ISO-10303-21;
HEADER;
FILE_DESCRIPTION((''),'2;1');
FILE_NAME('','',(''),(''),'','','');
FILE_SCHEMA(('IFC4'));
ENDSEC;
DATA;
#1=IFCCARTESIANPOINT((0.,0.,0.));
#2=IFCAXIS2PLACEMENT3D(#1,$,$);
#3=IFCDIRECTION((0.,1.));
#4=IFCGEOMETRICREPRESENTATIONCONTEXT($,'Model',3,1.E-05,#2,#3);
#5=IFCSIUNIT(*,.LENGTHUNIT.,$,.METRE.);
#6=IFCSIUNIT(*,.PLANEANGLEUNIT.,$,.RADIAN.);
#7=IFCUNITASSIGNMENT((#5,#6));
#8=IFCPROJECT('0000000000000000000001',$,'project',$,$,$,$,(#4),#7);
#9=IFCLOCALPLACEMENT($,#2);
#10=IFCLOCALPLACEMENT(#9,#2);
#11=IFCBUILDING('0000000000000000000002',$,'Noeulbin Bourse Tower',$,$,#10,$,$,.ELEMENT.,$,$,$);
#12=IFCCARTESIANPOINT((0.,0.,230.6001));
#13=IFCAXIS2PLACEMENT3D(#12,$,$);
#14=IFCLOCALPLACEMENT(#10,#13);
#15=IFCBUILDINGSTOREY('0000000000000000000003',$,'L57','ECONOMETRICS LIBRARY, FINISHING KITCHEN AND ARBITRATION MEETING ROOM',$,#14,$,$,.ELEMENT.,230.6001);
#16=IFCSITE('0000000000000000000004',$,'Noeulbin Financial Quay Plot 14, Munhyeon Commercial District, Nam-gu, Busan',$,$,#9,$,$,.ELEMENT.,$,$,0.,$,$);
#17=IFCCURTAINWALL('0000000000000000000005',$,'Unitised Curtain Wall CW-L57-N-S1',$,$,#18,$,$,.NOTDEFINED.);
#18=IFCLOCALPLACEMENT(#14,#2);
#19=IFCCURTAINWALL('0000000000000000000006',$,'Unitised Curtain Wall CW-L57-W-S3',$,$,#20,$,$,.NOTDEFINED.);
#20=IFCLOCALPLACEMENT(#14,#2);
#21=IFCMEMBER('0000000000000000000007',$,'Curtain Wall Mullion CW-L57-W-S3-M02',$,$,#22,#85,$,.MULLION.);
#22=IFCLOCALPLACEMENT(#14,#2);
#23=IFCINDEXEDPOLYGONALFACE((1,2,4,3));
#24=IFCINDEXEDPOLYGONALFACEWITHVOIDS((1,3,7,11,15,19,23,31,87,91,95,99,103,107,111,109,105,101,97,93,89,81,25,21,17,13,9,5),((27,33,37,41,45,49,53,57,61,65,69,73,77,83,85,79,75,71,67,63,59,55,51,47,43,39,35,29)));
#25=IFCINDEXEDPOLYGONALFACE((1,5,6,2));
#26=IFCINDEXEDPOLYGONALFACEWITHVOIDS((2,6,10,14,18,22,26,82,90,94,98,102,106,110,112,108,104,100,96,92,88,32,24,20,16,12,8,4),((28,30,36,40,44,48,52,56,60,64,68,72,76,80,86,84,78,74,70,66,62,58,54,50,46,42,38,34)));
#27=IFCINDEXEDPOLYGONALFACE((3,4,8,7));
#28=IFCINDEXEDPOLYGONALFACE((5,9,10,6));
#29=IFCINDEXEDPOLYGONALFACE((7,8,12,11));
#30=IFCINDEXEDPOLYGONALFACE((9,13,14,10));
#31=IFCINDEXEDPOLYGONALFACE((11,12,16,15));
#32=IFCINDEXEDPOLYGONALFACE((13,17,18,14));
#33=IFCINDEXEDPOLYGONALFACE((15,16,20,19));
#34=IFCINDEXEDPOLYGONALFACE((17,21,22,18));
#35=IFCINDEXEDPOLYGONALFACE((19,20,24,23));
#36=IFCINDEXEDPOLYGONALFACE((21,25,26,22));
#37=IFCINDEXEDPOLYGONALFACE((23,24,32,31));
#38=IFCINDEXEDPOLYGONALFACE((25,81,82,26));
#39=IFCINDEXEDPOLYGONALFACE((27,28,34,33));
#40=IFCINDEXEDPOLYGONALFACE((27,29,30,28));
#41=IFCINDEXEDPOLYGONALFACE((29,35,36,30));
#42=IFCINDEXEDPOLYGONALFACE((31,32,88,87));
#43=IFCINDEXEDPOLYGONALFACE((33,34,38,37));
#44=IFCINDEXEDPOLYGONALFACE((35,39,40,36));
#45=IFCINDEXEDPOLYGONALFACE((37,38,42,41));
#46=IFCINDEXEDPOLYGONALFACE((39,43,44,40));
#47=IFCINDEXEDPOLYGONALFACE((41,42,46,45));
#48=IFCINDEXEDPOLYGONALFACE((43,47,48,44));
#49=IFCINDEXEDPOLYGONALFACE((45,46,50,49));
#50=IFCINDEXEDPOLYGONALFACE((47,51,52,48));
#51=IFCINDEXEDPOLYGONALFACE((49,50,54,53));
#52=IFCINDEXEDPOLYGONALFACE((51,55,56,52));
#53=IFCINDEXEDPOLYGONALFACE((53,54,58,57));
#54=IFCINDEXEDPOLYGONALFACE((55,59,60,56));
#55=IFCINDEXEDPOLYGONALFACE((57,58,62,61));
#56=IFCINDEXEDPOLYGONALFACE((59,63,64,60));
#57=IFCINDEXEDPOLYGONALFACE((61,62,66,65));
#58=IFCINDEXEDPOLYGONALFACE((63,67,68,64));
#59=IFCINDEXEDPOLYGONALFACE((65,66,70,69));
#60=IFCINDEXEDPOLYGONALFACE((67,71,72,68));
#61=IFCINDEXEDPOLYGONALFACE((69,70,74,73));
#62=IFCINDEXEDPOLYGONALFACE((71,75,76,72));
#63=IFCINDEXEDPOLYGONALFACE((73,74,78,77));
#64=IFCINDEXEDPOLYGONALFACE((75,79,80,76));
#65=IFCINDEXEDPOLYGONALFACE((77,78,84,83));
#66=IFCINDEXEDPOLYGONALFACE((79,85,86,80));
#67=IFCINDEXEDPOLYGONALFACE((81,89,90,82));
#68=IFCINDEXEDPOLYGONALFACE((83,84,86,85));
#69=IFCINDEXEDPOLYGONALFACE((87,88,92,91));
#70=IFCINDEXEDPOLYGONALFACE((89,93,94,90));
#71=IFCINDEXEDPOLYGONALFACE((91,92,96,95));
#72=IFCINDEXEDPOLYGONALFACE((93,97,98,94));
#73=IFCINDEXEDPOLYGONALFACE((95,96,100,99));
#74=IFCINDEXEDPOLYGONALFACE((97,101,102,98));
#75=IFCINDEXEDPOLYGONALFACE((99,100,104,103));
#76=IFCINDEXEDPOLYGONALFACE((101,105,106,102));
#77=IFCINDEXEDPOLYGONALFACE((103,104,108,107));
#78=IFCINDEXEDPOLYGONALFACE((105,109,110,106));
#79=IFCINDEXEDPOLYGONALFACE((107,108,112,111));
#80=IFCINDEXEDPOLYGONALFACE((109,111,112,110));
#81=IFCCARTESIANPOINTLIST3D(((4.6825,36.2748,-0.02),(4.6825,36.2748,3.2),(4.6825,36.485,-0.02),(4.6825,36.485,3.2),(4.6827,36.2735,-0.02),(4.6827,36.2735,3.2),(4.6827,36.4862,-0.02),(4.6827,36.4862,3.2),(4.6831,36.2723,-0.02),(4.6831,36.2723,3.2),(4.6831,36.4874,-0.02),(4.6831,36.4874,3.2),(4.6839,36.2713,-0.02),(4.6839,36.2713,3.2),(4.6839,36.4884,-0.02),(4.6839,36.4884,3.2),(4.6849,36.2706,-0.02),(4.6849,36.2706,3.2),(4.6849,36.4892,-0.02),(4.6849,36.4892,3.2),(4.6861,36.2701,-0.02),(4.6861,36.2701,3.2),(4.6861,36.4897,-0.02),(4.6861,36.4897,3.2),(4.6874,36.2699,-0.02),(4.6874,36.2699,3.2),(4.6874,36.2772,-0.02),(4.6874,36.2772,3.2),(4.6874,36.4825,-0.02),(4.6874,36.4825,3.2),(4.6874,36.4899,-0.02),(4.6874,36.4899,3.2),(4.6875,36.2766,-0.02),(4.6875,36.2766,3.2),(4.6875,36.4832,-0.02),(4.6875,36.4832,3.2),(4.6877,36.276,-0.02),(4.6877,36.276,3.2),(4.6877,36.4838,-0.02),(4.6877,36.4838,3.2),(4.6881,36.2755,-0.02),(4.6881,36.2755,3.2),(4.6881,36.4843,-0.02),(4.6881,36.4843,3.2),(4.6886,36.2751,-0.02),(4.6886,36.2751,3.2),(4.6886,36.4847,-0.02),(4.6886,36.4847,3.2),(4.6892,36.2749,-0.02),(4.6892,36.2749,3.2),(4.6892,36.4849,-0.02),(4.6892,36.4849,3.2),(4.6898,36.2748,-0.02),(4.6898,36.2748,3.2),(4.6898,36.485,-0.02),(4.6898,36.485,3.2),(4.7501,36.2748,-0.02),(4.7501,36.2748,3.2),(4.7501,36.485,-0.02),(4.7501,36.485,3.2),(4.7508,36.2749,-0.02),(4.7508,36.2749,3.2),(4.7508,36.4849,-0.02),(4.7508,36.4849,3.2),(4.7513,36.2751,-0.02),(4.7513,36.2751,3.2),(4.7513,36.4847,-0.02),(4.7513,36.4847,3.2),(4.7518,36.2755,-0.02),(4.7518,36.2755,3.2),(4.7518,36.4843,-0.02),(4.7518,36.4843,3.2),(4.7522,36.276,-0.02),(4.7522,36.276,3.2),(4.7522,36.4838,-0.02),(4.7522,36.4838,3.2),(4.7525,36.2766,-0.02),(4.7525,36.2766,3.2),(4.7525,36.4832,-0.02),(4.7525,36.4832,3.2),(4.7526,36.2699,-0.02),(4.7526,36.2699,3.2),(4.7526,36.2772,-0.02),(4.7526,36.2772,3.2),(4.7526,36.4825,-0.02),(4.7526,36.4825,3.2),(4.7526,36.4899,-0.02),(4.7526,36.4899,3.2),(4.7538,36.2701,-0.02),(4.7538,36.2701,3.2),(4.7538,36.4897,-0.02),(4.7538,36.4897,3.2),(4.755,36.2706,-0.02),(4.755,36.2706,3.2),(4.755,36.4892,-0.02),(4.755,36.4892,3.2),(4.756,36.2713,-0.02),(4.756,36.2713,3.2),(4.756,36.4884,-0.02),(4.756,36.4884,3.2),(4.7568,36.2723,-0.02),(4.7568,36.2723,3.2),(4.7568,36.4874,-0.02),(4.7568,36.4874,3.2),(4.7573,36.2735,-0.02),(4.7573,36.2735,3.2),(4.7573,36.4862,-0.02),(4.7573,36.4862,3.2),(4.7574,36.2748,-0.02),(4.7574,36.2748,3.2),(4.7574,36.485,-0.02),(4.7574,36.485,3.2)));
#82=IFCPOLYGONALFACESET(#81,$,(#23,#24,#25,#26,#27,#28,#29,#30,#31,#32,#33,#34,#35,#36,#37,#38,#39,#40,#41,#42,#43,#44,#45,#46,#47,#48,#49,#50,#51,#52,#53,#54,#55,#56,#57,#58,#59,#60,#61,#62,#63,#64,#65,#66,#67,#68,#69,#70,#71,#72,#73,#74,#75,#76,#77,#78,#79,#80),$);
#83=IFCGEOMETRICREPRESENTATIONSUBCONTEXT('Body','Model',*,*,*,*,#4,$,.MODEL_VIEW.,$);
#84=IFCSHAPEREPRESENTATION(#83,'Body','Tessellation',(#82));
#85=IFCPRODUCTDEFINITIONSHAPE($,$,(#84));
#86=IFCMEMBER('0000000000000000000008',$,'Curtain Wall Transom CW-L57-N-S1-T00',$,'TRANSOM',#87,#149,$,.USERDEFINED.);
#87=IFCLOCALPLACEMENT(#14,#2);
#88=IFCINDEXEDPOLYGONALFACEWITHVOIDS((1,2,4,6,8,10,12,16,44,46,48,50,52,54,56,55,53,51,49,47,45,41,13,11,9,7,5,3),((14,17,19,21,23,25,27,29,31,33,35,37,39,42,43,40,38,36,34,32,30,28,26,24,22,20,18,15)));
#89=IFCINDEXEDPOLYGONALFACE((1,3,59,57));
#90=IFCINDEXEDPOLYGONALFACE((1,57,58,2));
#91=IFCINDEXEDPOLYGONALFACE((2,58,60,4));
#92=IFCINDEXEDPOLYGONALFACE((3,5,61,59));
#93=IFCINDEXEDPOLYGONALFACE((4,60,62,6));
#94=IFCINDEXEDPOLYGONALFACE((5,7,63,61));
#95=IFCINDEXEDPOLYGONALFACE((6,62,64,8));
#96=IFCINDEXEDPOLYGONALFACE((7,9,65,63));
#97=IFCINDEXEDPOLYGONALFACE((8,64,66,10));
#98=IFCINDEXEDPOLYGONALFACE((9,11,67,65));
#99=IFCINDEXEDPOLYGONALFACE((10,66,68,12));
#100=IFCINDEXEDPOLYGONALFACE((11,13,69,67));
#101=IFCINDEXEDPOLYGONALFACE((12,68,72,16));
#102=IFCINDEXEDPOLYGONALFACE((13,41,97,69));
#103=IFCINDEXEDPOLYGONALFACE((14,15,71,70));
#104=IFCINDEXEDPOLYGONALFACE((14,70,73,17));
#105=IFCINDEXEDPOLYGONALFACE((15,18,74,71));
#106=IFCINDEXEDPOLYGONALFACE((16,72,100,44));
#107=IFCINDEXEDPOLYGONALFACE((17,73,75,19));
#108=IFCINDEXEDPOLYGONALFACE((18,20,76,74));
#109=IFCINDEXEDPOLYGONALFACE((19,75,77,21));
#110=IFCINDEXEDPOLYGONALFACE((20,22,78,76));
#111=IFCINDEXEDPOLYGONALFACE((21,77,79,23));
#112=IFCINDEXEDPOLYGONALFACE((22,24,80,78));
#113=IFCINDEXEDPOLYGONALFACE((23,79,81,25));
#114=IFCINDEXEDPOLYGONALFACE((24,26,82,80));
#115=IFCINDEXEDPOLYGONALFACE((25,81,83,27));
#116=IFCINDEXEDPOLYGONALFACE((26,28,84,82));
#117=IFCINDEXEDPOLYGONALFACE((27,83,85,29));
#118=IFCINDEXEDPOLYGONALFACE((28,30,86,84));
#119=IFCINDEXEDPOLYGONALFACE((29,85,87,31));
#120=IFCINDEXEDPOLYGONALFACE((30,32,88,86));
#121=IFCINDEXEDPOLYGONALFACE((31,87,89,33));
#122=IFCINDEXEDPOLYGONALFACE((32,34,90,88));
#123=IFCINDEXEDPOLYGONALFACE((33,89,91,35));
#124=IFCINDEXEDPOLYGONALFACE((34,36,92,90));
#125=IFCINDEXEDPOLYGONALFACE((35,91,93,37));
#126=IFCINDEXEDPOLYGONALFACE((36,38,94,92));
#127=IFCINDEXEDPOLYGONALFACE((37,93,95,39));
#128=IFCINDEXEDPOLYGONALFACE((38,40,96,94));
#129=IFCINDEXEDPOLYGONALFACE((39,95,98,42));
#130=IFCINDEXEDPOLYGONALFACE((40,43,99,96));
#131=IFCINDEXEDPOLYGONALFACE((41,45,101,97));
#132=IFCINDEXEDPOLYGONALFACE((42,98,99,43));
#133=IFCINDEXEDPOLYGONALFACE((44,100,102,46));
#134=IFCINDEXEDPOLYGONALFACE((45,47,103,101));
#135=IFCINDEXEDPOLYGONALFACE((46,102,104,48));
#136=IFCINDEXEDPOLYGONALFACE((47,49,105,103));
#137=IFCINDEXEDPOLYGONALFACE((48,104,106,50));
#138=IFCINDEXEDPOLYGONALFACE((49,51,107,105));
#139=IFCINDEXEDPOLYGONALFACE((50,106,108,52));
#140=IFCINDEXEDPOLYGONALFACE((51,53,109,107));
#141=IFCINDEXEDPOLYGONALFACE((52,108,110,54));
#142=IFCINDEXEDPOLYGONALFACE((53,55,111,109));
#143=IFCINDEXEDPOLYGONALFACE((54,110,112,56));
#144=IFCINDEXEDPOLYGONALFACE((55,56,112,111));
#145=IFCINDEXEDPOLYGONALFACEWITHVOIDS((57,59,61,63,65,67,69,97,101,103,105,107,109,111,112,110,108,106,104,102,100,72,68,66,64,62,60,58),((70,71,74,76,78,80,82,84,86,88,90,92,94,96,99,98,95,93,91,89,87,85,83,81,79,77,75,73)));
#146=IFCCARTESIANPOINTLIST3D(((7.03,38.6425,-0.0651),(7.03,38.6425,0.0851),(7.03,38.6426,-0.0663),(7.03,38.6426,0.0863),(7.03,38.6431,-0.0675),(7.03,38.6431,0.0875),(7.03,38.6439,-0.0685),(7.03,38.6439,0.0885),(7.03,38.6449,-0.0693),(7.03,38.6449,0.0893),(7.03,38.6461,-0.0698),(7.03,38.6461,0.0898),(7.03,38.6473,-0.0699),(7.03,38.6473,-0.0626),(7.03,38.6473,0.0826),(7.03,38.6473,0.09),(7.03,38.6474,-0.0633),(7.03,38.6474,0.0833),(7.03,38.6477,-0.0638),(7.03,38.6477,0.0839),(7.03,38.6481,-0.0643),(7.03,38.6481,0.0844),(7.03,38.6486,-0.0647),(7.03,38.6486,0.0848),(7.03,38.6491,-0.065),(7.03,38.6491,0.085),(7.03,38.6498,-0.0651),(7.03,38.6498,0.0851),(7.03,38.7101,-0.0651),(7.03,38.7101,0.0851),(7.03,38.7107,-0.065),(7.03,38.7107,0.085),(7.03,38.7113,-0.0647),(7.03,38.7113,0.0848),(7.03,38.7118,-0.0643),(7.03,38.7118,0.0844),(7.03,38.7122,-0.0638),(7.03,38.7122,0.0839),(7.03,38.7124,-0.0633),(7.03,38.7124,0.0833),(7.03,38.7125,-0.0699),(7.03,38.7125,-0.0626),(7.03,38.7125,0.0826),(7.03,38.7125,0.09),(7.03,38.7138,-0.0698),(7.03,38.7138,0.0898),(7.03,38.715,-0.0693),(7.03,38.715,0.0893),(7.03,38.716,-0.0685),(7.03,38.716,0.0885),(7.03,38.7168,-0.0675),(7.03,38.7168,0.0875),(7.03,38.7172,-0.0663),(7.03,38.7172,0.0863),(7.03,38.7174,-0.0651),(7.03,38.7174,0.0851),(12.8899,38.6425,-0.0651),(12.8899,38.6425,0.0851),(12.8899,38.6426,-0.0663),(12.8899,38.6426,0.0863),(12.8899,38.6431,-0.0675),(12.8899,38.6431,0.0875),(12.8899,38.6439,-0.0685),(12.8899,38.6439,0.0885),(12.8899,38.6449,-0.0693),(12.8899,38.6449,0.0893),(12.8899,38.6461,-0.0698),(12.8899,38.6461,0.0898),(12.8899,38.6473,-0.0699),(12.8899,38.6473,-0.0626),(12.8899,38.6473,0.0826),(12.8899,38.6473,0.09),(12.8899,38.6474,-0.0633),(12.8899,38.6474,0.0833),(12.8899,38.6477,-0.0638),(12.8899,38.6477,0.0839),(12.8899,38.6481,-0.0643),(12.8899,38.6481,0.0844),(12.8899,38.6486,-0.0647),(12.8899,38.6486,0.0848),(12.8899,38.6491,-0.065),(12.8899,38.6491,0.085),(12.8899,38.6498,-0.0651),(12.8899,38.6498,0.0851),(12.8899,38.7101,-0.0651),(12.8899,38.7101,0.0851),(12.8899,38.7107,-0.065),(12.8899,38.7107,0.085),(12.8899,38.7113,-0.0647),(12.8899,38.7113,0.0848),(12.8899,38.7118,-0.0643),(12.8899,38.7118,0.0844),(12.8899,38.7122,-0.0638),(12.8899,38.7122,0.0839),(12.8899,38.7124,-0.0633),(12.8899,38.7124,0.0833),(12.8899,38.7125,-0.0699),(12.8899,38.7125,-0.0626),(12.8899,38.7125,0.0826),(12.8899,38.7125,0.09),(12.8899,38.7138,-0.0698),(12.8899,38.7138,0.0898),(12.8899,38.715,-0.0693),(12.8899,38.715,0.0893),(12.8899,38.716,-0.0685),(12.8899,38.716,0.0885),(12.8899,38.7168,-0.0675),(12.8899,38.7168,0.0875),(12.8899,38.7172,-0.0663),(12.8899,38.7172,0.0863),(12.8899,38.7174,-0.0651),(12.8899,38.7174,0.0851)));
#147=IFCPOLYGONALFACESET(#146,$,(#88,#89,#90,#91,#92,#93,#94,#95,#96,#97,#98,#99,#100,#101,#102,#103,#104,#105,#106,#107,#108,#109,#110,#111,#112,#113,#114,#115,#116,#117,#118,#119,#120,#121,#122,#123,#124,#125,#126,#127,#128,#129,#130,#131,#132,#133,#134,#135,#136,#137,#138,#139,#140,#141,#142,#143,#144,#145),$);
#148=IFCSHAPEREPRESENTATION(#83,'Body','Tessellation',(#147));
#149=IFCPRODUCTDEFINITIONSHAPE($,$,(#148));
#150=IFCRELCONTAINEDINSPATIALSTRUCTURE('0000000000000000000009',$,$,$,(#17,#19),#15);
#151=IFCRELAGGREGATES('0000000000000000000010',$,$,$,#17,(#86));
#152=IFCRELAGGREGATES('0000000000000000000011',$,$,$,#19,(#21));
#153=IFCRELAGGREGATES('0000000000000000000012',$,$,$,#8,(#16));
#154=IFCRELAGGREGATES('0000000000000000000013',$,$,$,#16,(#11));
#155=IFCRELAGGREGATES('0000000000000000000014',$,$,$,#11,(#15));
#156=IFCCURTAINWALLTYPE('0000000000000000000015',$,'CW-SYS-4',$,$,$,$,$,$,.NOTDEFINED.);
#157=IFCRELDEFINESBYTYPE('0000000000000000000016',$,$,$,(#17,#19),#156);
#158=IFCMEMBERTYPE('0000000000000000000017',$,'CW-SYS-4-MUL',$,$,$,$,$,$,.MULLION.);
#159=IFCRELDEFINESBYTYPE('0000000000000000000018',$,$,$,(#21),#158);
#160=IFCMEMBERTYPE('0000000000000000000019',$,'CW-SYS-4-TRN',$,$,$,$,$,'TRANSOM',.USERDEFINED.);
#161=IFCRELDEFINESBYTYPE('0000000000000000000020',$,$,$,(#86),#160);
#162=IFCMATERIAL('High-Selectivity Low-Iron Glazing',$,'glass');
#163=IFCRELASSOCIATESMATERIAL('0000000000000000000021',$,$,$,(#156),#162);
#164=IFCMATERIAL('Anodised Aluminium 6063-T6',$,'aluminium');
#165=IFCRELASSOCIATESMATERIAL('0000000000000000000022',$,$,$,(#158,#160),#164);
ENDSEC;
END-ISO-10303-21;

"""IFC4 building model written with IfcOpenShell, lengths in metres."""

from ifc_helpers import new_model, si_unit, direction, frame, origin, origin_2d, place, context, subcontext, project, spatial, hollow_rectangle, extrude, material, material_profile, profile_set, type_object, element, aggregate, save


model = new_model("IFC4")

# Units and contexts
model_context = context("Model", 3, precision=1e-05, world=origin(), true_north=direction((0.0, 1.0)))
body_context = subcontext(model_context, "Body", "Model", "MODEL_VIEW")
ifc_project = project(units=[si_unit("LENGTHUNIT", "METRE"), si_unit("PLANEANGLEUNIT", "RADIAN")], contexts=[model_context])

# Site, building, storey
site_placement = place(None, origin())
site = spatial("IfcSite", under=ifc_project, at=site_placement, Name="Noeulbin Financial Quay Plot 14, Munhyeon Commercial District, Nam-gu, Busan", CompositionType="ELEMENT", RefElevation=0.0)
building_placement = place(site_placement, origin())
building = spatial("IfcBuilding", under=site, at=building_placement, Name="Noeulbin Bourse Tower", CompositionType="ELEMENT")
storey_placement = place(building_placement, frame((0.0, 0.0, 230.6001)))
storey = spatial("IfcBuildingStorey", under=building, at=storey_placement, Name="L57", Description="ECONOMETRICS LIBRARY, FINISHING KITCHEN AND ARBITRATION MEETING ROOM", CompositionType="ELEMENT", Elevation=230.6001)

# Curtain walls, member
ifc_material_1 = material(Name="High-Selectivity Low-Iron Glazing", Category="glass")
curtain_wall_type = type_object("IfcCurtainWallType", Name="CW-SYS-4", PredefinedType="NOTDEFINED", material=ifc_material_1)
curtain_wall_1_placement = place(storey_placement, origin())
curtain_wall_1 = element("IfcCurtainWall", 1, at=curtain_wall_1_placement, inside=storey, type_object=curtain_wall_type, Name="Unitised Curtain Wall CW-L57-N-S1", PredefinedType="NOTDEFINED")
ifc_material_2 = material(Name="Anodised Aluminium 6063-T6", Category="aluminium")
ifc_material_profile_1 = material_profile(ifc_material_2, hollow_rectangle(XDim=0.075, YDim=0.22, WallThickness=0.0049, InnerFilletRadius=0.0024, OuterFilletRadius=0.0049, at=origin_2d()), Name="ALU-MULL-75x220x5", Category="LoadBearing")
ifc_profile_set_1 = profile_set([ifc_material_profile_1], Name="Anodised Aluminium 6063-T6")
member_type_1 = type_object("IfcMemberType", Name="CW-SYS-4-MUL", PredefinedType="MULLION", material=ifc_profile_set_1)
curtain_wall_2_placement = place(storey_placement, origin())
curtain_wall_2 = element("IfcCurtainWall", 2, at=curtain_wall_2_placement, inside=storey, type_object=curtain_wall_type, Name="Unitised Curtain Wall CW-L57-W-S3", PredefinedType="NOTDEFINED")
member_1_placement = place(storey_placement, frame((4.72, 36.3799, -0.02), z_axis=(0.0, 0.0, 1.0), x_axis=(1.0, 0.0, 0.0)))
member_1 = element("IfcMember", 3, at=member_1_placement, type_object=member_type_1, Name="Curtain Wall Mullion CW-L57-W-S3-M02", PredefinedType="MULLION", context=body_context, shape_type="SweptSolid", body=[
    extrude(hollow_rectangle(XDim=0.075, YDim=0.22, WallThickness=0.0049, InnerFilletRadius=0.0024, OuterFilletRadius=0.0049, at=origin_2d()), origin(), (0.0, 0.0, 1.0), 3.22),
])

# Member
ifc_material_profile_2 = material_profile(ifc_material_2, hollow_rectangle(XDim=0.075, YDim=0.1599, WallThickness=0.0049, InnerFilletRadius=0.0024, OuterFilletRadius=0.0049, at=origin_2d()), Name="ALU-TRAN-75x160x5", Category="LoadBearing")
ifc_profile_set_2 = profile_set([ifc_material_profile_2], Name="Anodised Aluminium 6063-T6")
member_type_2 = type_object("IfcMemberType", Name="CW-SYS-4-TRN", ElementType="TRANSOM", PredefinedType="USERDEFINED", material=ifc_profile_set_2)
member_2_placement = place(storey_placement, frame((7.03, 38.6799, 0.01), z_axis=(1.0, 0.0, 0.0), x_axis=(0.0, 1.0, 0.0)))
member_2 = element("IfcMember", 4, at=member_2_placement, type_object=member_type_2, Name="Curtain Wall Transom CW-L57-N-S1-T00", ObjectType="TRANSOM", PredefinedType="USERDEFINED", context=body_context, shape_type="SweptSolid", body=[
    extrude(hollow_rectangle(XDim=0.075, YDim=0.1599, WallThickness=0.0049, InnerFilletRadius=0.0024, OuterFilletRadius=0.0049, at=origin_2d()), origin(), (0.0, 0.0, 1.0), 5.8599),
])

aggregate(curtain_wall_1, [member_2])
aggregate(curtain_wall_2, [member_1])

save(model, "model.ifc")
